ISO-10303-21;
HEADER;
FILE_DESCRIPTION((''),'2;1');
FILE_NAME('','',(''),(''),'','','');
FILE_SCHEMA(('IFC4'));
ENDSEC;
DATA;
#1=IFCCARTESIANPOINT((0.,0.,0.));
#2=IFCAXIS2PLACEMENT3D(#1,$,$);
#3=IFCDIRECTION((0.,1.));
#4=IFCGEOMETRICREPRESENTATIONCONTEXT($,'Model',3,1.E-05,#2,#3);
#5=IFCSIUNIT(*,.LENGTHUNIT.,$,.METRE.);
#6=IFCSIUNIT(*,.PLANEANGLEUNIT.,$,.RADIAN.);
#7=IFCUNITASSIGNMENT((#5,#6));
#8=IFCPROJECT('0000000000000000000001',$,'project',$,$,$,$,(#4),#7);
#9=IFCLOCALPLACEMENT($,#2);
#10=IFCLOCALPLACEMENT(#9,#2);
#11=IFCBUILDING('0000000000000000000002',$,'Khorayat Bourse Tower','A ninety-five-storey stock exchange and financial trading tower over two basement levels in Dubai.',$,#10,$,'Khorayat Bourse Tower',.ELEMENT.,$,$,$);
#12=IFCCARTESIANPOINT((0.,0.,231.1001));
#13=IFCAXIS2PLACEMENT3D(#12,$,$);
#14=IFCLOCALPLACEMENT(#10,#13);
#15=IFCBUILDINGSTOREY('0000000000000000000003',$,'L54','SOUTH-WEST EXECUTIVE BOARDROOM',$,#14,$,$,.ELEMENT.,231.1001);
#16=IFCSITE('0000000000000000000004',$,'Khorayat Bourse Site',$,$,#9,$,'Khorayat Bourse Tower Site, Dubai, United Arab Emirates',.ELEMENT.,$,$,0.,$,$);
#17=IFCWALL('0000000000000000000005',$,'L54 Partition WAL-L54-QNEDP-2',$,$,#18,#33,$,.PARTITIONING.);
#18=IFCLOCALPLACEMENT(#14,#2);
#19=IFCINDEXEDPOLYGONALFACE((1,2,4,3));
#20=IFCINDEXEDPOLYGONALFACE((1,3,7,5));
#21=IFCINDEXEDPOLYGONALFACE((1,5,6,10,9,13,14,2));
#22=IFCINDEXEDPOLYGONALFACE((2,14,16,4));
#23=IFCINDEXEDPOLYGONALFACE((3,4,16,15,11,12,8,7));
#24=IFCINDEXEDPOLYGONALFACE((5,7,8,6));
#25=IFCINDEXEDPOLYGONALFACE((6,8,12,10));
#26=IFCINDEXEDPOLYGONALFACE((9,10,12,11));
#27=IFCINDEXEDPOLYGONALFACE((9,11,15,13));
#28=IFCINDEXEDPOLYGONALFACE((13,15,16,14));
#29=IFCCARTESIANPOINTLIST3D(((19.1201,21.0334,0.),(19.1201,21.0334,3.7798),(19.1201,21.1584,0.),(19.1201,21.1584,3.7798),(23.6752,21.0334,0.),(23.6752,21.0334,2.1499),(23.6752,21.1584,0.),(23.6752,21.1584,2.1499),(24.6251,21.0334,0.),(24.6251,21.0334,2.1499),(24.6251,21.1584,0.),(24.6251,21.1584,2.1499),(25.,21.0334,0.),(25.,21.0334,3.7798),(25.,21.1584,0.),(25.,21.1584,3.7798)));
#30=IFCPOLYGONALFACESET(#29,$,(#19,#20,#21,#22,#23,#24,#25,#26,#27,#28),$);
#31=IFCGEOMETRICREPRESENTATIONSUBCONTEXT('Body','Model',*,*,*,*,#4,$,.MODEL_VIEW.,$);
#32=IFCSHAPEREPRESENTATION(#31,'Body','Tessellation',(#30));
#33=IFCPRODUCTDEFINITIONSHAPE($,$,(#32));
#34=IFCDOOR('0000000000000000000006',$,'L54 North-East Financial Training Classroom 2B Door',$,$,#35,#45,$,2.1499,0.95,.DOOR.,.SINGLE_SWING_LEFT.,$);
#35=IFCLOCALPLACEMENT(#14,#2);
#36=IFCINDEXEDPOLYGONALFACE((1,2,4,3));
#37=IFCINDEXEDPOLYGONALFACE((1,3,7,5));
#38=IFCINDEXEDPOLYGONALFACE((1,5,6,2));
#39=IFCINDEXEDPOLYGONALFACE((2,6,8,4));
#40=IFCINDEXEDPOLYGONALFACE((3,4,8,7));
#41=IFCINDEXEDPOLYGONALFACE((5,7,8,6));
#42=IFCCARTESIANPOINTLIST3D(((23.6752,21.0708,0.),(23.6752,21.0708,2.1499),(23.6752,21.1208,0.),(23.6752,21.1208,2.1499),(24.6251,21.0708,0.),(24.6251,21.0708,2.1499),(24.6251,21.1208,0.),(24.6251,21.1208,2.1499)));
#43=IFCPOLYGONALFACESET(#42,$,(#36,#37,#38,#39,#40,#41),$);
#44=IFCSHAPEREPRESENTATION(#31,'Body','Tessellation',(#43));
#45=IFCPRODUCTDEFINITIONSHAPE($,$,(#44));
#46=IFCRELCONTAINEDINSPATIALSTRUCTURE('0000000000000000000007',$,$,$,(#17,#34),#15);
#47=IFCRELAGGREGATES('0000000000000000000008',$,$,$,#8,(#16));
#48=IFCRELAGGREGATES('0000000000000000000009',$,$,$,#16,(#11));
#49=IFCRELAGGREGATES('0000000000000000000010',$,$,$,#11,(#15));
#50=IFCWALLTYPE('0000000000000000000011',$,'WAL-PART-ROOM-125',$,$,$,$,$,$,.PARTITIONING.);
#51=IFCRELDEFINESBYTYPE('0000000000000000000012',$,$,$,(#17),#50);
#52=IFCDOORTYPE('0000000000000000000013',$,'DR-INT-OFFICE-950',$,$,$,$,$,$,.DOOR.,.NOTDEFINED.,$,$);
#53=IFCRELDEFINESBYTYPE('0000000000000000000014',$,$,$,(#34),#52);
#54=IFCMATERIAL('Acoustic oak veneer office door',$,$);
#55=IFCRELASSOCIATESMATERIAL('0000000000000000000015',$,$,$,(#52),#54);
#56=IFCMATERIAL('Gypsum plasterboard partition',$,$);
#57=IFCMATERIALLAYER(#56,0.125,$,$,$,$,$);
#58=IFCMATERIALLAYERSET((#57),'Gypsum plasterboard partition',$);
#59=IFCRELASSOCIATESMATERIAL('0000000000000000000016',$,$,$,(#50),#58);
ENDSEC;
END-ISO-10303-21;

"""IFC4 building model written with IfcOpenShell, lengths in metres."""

from ifc_helpers import new_model, si_unit, direction, frame, frame_2d, origin, place, context, subcontext, project, spatial, rectangle, extrude, source, transform, mapped, material, layer, layer_set, type_object, element, fill, save


model = new_model("IFC4")

# Units and contexts
model_context = context("Model", 3, precision=1e-05, world=origin(), true_north=direction((0.0, 1.0)))
body_context = subcontext(model_context, "Body", "Model", "MODEL_VIEW")
ifc_project = project(units=[si_unit("LENGTHUNIT", "METRE"), si_unit("PLANEANGLEUNIT", "RADIAN")], contexts=[model_context])

# Site, building, storey
site_placement = place(None, origin())
site = spatial("IfcSite", under=ifc_project, at=site_placement, Name="Khorayat Bourse Site", LongName="Khorayat Bourse Tower Site, Dubai, United Arab Emirates", CompositionType="ELEMENT", RefElevation=0.0)
building_placement = place(site_placement, origin())
building = spatial("IfcBuilding", under=site, at=building_placement, Name="Khorayat Bourse Tower", Description="A ninety-five-storey stock exchange and financial trading tower over two basement levels in Dubai.", LongName="Khorayat Bourse Tower", CompositionType="ELEMENT")
storey_placement = place(building_placement, frame((0.0, 0.0, 231.1001)))
storey = spatial("IfcBuildingStorey", under=building, at=storey_placement, Name="L54", Description="SOUTH-WEST EXECUTIVE BOARDROOM", CompositionType="ELEMENT", Elevation=231.1001)

# Wall, opening, door
ifc_material_1 = material(Name="Acoustic oak veneer office door")
door_type = type_object("IfcDoorType", Name="DR-INT-OFFICE-950", OperationType="NOTDEFINED", PredefinedType="DOOR", material=ifc_material_1)
shared_shape_1 = source(origin(), body_context, "Body", "SweptSolid", [
    extrude(rectangle(XDim=0.95, YDim=2.1499, at=frame_2d((0.4751, 1.075))), frame((0.0, 0.0249, 0.0), z_axis=(0.0, -1.0, 0.0), x_axis=(1.0, 0.0, 0.0)), (0.0, 0.0, 1.0), 0.05),
])
ifc_material_2 = material(Name="Gypsum plasterboard partition")
ifc_layer_1 = layer(ifc_material_2, 0.125)
ifc_layer_set_1 = layer_set([ifc_layer_1], Name="Gypsum plasterboard partition")
wall_type_1 = type_object("IfcWallType", Name="WAL-PART-ROOM-125", PredefinedType="PARTITIONING", material=ifc_layer_set_1)
shared_shape_2 = source(origin(), body_context, "Body", "SweptSolid", [
    extrude(rectangle(XDim=5.8799, YDim=0.125, at=frame_2d((2.9399, 0.0))), origin(), (0.0, 0.0, 1.0), 3.7798),
])
wall_1_placement = place(storey_placement, frame((19.1201, 21.0959, 0.0), z_axis=(0.0, 0.0, 1.0), x_axis=(1.0, 0.0, 0.0)))
wall_1 = element("IfcWall", 1, at=wall_1_placement, inside=storey, type_object=wall_type_1, Name="L54 Partition WAL-L54-QNEDP-2", PredefinedType="PARTITIONING", context=body_context, shape_type="MappedRepresentation", body=[
    mapped(shared_shape_2, transform((0.0, 0.0, 0.0), scale=1.0)),
])
shared_shape_3 = source(origin(), body_context, "Body", "SweptSolid", [
    extrude(rectangle(XDim=0.95, YDim=2.1499, at=frame_2d((0.4751, 1.075))), frame((0.0, 0.0725, 0.0), z_axis=(0.0, -1.0, 0.0), x_axis=(1.0, 0.0, 0.0)), (0.0, 0.0, 1.0), 0.145),
])
opening_1_placement = place(wall_1_placement, frame((4.5549, 0.0, 0.0)))
opening_1 = element("IfcOpeningElement", 2, at=opening_1_placement, cuts=wall_1, PredefinedType="OPENING", context=body_context, shape_type="MappedRepresentation", body=[
    mapped(shared_shape_3, transform((0.0, 0.0, 0.0), scale=1.0)),
])
door_1_placement = place(opening_1_placement, origin())
door_1 = element("IfcDoor", 3, at=door_1_placement, inside=storey, type_object=door_type, Name="L54 North-East Financial Training Classroom 2B Door", OperationType="SINGLE_SWING_LEFT", OverallHeight=2.1499, OverallWidth=0.95, PredefinedType="DOOR", context=body_context, shape_type="MappedRepresentation", body=[
    mapped(shared_shape_1, transform((0.0, 0.0, 0.0), scale=1.0)),
])
fill(opening_1, door_1)

save(model, "model.ifc")
